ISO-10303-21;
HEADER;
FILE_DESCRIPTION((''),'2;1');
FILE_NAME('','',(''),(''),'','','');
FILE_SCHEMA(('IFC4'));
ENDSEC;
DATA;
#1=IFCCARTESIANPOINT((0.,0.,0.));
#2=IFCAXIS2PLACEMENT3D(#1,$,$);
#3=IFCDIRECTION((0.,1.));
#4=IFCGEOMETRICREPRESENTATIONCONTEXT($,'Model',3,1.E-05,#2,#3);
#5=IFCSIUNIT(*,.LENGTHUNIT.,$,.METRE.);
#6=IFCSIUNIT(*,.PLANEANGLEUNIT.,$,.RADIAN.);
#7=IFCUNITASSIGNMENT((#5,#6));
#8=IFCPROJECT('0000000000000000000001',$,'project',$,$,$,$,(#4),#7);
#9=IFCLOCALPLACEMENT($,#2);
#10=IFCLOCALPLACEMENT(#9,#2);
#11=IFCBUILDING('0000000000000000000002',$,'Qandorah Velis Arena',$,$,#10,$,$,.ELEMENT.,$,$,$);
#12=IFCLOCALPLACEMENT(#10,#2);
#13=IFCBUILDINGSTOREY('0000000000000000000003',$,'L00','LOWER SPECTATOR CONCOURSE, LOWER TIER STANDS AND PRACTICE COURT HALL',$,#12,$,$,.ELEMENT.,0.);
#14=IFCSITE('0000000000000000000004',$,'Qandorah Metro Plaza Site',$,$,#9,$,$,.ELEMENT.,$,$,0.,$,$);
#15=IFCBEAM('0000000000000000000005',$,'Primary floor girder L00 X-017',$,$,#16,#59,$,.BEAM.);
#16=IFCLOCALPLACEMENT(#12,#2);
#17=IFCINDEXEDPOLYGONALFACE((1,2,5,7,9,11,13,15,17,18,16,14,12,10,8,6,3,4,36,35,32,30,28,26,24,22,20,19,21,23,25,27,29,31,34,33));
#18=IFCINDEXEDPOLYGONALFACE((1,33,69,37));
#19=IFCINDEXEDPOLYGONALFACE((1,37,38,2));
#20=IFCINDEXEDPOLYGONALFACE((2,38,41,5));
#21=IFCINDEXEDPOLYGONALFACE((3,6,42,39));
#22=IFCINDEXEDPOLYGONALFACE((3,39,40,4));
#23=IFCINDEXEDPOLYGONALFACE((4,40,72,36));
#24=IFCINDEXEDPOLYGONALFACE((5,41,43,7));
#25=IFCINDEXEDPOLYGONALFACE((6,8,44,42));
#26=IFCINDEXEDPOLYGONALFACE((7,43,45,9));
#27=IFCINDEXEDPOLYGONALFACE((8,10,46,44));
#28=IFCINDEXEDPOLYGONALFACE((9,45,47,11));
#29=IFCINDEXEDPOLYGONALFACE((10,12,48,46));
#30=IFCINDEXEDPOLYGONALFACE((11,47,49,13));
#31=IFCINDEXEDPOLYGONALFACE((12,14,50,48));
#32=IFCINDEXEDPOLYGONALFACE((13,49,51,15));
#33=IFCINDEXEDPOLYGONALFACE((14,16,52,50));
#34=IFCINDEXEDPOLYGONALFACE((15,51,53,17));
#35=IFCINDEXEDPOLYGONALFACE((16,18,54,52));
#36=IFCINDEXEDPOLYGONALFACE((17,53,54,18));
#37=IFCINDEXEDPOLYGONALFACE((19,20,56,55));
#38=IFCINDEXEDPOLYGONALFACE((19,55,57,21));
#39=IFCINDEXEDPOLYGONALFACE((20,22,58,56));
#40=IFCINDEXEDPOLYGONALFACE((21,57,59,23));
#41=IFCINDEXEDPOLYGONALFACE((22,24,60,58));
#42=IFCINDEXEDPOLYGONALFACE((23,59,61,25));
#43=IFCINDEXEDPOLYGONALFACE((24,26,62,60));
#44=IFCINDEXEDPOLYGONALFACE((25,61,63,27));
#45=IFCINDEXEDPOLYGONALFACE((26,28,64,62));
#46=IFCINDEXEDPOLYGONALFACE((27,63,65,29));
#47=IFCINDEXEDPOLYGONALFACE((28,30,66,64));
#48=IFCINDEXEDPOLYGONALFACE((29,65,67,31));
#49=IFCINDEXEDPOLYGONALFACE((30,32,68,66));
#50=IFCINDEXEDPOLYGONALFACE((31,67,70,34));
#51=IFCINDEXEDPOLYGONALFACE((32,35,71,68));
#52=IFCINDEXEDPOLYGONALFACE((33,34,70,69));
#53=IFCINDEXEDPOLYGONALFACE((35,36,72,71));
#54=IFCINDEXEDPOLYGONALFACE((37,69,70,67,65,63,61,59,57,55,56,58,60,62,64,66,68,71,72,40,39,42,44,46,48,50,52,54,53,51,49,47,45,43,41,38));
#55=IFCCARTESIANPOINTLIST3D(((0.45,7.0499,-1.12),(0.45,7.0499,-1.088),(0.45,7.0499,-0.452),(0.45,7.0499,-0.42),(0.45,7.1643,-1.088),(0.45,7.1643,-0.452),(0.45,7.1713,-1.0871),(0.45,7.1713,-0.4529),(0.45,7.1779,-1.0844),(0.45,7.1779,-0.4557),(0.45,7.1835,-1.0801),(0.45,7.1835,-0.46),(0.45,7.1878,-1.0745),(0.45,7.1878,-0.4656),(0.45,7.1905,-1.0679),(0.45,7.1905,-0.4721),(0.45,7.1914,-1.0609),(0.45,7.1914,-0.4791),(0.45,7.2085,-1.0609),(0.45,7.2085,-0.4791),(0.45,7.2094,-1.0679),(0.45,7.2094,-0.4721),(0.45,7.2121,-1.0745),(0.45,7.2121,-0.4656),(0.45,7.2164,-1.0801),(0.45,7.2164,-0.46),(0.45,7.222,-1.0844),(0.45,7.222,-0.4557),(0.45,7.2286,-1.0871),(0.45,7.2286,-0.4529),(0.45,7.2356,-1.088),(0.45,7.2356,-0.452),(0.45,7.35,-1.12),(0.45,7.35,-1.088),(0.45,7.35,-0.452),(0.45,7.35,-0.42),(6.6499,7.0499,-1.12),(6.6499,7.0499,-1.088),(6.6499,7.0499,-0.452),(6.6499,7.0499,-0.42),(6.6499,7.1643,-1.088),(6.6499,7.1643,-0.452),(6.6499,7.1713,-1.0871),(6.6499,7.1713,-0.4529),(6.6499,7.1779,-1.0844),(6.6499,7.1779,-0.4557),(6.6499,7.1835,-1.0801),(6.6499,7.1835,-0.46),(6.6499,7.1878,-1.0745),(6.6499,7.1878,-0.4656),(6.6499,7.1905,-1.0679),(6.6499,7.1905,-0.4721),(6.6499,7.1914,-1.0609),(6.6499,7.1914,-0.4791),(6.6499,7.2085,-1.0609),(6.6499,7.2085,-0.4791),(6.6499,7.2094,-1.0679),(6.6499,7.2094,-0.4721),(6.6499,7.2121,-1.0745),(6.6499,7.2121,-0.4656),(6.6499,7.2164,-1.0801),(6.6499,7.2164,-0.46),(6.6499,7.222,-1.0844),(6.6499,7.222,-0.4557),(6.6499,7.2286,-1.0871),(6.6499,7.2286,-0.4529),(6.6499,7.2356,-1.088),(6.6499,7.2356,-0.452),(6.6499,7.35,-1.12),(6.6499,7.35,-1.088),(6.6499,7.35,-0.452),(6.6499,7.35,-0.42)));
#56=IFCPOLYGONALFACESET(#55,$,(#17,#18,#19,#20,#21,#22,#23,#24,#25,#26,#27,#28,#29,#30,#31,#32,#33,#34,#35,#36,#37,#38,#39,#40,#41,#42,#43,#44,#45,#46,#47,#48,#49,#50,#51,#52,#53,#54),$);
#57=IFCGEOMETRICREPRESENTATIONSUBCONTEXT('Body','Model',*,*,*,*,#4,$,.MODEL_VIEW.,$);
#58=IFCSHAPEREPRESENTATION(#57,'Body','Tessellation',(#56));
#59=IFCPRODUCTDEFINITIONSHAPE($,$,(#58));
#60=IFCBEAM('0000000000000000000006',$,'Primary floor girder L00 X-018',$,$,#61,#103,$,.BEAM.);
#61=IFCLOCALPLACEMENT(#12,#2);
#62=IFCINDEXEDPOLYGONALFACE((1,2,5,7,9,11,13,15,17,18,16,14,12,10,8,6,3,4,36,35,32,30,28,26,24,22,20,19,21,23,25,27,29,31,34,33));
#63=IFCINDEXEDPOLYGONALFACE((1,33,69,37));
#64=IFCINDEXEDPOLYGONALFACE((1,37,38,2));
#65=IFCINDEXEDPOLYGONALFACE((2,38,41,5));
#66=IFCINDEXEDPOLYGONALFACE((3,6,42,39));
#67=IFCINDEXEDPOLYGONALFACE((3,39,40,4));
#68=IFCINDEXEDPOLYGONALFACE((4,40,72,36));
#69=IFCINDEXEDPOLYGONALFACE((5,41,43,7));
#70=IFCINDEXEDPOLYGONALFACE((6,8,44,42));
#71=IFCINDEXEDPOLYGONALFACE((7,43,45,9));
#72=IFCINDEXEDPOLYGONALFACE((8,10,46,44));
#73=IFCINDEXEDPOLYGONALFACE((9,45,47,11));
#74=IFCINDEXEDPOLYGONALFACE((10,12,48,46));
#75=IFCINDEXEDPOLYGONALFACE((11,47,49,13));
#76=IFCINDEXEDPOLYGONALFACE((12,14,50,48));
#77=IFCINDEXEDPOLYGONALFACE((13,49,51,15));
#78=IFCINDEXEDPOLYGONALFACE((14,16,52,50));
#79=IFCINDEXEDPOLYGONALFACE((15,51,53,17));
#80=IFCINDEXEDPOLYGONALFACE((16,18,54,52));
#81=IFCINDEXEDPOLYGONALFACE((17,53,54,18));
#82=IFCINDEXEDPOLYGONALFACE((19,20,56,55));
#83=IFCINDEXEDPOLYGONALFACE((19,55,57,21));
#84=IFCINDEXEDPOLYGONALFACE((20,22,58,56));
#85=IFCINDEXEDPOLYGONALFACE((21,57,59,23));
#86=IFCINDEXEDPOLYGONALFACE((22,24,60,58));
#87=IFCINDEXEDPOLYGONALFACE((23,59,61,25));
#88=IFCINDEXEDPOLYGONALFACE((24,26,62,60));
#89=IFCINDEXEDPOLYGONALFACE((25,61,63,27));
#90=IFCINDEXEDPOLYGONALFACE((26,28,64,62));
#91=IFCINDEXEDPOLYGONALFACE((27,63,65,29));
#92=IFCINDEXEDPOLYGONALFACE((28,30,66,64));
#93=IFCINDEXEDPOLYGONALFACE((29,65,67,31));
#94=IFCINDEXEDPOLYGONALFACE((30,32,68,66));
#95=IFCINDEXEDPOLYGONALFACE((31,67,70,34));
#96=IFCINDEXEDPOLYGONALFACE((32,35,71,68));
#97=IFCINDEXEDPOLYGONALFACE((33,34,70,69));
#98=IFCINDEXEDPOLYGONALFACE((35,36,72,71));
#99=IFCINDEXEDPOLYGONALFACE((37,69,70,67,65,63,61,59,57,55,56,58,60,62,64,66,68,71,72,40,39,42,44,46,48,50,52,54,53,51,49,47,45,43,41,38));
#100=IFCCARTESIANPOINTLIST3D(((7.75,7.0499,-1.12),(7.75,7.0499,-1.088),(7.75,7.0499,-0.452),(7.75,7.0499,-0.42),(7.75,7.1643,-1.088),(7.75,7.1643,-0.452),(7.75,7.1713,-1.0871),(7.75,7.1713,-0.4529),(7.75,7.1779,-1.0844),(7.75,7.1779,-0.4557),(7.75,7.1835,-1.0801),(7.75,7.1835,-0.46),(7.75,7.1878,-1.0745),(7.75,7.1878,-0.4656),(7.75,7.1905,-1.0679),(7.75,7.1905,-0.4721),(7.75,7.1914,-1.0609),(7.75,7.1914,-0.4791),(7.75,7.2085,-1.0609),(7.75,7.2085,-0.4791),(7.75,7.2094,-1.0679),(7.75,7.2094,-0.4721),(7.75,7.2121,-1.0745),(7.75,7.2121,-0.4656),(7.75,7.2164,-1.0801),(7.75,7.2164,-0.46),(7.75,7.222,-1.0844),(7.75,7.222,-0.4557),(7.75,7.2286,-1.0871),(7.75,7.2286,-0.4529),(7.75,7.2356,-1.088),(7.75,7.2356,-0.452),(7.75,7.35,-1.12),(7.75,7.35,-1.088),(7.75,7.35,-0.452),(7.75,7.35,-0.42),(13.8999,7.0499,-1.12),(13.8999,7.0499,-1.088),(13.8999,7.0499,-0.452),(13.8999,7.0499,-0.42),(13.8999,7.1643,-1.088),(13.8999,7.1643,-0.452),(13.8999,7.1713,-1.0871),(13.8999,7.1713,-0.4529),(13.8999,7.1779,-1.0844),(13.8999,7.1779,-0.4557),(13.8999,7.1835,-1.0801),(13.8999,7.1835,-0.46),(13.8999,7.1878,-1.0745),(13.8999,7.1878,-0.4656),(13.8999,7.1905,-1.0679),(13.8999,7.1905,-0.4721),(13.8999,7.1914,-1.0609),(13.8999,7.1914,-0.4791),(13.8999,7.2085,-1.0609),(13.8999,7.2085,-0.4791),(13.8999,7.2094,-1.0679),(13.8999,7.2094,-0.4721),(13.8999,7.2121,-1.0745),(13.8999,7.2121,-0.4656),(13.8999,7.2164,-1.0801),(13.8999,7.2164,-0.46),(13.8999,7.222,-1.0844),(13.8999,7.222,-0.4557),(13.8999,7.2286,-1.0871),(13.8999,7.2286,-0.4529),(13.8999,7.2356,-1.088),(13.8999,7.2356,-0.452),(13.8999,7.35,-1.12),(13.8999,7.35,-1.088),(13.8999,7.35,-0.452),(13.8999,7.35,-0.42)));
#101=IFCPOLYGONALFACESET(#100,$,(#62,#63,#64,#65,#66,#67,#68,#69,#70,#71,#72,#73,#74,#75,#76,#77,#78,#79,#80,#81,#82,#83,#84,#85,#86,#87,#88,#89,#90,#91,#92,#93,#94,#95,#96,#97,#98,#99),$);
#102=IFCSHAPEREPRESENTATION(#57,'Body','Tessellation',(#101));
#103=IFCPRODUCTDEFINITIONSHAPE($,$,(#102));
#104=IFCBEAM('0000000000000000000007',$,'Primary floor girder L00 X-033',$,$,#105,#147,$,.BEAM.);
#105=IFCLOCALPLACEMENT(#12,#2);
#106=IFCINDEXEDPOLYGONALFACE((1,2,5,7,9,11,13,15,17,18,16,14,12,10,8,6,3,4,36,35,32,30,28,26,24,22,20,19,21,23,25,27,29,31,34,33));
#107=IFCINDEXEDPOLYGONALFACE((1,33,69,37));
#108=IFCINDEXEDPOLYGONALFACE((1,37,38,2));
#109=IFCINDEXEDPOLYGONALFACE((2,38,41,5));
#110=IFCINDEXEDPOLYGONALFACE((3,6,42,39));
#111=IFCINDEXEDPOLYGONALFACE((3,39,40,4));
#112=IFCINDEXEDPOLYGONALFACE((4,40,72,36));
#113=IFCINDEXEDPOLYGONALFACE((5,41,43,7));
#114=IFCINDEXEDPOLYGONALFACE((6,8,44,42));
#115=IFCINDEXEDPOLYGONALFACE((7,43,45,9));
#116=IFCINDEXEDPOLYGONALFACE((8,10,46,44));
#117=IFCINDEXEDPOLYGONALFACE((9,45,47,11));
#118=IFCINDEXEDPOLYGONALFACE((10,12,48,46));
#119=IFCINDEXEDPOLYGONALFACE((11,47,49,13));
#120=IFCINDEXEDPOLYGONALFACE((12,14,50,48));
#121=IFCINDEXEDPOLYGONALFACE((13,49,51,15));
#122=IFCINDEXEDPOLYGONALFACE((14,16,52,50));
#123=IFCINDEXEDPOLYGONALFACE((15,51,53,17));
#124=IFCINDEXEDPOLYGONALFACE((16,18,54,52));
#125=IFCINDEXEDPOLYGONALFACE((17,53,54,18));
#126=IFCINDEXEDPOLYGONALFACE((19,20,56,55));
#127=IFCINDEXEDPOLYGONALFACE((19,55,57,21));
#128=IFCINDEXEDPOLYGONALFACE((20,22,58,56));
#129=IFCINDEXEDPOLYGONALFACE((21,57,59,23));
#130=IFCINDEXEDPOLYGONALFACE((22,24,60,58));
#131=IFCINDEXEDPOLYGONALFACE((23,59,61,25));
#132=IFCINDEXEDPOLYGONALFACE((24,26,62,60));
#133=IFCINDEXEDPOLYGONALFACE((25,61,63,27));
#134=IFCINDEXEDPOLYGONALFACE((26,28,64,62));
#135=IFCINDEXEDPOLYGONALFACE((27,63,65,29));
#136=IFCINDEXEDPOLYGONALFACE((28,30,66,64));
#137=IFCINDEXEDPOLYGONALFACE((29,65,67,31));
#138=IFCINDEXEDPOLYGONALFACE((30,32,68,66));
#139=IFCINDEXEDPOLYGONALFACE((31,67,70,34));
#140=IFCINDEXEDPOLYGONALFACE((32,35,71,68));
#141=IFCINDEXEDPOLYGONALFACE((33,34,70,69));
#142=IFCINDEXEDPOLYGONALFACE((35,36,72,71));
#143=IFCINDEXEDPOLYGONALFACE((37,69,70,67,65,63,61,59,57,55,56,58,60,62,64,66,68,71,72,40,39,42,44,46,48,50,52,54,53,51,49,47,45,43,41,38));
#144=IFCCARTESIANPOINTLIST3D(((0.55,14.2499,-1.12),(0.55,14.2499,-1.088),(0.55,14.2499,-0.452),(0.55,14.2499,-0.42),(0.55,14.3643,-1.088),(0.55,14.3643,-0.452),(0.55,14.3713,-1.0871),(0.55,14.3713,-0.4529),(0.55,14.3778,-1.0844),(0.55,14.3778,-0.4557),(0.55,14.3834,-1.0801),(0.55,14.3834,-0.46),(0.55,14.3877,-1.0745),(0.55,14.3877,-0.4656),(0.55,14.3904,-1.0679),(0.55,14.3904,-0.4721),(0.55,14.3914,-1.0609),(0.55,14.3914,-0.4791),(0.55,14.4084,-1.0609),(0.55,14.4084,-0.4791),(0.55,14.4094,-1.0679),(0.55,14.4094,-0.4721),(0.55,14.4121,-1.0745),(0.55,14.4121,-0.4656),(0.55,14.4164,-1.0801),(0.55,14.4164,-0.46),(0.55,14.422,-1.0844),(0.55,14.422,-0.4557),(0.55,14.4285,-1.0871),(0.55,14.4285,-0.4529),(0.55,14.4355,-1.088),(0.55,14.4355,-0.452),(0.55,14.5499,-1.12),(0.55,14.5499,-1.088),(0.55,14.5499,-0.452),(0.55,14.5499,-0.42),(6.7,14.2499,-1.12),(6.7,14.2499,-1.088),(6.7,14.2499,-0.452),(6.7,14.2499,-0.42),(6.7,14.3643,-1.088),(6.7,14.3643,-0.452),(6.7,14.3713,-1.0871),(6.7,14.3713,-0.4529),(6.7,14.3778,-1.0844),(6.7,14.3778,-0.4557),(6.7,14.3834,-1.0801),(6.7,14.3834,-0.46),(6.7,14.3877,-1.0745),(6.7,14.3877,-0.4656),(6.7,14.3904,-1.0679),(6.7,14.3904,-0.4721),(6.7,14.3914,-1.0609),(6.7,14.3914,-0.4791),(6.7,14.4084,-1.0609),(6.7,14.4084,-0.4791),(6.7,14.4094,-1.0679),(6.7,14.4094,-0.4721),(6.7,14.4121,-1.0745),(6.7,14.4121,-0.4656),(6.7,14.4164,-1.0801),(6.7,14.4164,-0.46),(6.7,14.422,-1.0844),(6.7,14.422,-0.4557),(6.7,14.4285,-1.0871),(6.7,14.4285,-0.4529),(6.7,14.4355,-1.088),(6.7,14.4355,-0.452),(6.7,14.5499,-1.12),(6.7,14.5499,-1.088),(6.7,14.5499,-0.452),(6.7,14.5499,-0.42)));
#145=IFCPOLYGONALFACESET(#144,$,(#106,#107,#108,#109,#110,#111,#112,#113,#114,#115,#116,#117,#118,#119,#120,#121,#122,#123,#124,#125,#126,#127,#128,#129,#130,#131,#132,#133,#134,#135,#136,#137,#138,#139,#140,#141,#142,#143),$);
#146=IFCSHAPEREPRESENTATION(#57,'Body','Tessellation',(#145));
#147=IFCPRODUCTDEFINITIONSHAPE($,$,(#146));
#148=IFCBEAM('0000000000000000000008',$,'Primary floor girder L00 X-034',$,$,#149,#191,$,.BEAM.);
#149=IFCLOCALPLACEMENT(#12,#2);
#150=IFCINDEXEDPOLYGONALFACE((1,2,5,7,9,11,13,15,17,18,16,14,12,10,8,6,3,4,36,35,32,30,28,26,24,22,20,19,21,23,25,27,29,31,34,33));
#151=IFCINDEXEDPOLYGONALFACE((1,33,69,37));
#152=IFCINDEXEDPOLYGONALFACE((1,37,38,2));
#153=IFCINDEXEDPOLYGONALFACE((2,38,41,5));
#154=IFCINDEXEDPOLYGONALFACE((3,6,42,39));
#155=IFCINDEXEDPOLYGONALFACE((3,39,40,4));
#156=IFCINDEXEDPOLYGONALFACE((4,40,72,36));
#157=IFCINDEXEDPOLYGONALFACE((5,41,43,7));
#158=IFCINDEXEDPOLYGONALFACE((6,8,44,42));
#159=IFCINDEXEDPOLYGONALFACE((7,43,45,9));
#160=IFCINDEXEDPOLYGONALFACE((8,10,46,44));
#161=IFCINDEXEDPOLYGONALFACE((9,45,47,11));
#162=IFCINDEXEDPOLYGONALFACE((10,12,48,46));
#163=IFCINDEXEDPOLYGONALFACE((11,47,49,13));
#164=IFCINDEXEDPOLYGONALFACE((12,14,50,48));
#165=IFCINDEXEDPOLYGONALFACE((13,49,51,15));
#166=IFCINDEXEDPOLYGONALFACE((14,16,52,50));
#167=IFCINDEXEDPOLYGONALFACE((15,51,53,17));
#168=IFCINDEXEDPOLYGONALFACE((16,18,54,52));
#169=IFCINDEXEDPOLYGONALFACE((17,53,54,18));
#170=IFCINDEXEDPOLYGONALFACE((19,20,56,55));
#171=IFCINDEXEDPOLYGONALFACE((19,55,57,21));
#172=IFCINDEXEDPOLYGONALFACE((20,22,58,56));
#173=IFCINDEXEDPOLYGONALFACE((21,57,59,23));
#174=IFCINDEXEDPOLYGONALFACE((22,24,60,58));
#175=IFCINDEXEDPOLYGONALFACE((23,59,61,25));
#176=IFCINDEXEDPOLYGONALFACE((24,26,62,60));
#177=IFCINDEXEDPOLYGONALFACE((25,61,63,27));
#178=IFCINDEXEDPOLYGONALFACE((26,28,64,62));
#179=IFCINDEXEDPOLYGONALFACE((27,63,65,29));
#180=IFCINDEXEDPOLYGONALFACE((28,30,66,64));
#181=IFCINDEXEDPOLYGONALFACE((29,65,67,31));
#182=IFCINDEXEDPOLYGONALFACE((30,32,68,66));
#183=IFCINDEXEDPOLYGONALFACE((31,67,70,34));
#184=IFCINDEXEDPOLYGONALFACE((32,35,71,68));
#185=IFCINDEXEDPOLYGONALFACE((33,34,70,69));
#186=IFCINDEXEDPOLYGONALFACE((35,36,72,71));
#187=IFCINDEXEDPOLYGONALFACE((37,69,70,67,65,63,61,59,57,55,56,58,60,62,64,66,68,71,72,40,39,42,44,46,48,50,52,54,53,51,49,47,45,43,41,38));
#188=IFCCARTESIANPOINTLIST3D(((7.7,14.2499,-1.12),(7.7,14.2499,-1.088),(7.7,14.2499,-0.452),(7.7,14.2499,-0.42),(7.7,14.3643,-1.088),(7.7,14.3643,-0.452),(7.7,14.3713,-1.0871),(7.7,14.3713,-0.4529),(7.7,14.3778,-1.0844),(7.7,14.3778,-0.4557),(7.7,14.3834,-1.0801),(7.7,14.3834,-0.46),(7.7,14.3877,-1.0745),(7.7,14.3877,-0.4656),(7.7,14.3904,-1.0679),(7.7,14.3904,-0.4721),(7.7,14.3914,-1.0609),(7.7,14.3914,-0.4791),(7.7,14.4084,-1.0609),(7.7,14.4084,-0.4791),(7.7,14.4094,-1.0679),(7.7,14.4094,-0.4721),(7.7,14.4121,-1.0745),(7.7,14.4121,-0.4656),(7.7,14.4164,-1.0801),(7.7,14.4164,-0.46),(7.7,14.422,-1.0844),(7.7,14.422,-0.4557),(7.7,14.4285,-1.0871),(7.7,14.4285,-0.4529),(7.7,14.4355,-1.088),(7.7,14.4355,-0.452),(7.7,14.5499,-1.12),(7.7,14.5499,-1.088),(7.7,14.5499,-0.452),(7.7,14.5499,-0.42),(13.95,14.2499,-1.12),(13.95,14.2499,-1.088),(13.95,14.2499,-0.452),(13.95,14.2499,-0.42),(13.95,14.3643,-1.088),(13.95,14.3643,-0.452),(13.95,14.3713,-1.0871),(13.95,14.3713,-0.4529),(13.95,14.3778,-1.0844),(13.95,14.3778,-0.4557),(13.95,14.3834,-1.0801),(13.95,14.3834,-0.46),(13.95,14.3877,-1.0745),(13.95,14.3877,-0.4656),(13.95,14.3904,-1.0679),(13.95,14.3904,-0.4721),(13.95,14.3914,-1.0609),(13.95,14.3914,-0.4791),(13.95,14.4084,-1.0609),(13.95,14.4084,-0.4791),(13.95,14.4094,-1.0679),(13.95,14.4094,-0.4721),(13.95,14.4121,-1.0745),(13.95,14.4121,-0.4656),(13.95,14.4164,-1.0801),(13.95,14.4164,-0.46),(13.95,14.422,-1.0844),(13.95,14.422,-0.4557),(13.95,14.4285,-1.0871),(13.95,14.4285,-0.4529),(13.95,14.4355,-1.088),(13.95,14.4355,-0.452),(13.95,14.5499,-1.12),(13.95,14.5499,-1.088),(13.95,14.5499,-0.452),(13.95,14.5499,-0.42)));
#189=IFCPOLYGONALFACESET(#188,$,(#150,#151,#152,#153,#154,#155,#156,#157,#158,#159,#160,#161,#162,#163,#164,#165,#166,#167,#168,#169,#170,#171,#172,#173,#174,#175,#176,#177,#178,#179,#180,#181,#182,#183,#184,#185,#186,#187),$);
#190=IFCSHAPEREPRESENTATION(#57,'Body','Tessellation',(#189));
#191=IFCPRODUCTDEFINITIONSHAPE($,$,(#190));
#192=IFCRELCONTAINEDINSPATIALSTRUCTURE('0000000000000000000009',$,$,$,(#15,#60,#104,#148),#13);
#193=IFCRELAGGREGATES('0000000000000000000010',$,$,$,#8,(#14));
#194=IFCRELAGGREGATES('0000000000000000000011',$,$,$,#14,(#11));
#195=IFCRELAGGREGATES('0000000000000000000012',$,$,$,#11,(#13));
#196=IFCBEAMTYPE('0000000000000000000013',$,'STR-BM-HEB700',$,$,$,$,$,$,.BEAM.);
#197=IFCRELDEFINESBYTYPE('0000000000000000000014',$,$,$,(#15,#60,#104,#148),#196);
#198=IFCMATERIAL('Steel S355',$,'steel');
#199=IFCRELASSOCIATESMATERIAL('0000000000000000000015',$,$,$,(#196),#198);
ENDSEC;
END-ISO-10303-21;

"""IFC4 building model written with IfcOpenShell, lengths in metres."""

from ifc_helpers import new_model, si_unit, direction, frame, origin, origin_2d, place, context, subcontext, project, spatial, i_section, extrude, material, material_profile, profile_set, type_object, element, save


model = new_model("IFC4")

# Units and contexts
model_context = context("Model", 3, precision=1e-05, world=origin(), true_north=direction((0.0, 1.0)))
body_context = subcontext(model_context, "Body", "Model", "MODEL_VIEW")
ifc_project = project(units=[si_unit("LENGTHUNIT", "METRE"), si_unit("PLANEANGLEUNIT", "RADIAN")], contexts=[model_context])

# Site, building, storey
site_placement = place(None, origin())
site = spatial("IfcSite", under=ifc_project, at=site_placement, Name="Qandorah Metro Plaza Site", CompositionType="ELEMENT", RefElevation=0.0)
building_placement = place(site_placement, origin())
building = spatial("IfcBuilding", under=site, at=building_placement, Name="Qandorah Velis Arena", CompositionType="ELEMENT")
storey_placement = place(building_placement, origin())
storey = spatial("IfcBuildingStorey", under=building, at=storey_placement, Name="L00", Description="LOWER SPECTATOR CONCOURSE, LOWER TIER STANDS AND PRACTICE COURT HALL", CompositionType="ELEMENT", Elevation=0.0)

# Beams
ifc_material_1 = material(Name="Steel S355", Category="steel")
ifc_material_profile_1 = material_profile(ifc_material_1, i_section(OverallWidth=0.3, OverallDepth=0.7, WebThickness=0.0171, FlangeThickness=0.032, FilletRadius=0.0271, at=origin_2d()), Name="HEB 700")
ifc_profile_set_1 = profile_set([ifc_material_profile_1], Name="Steel S355")
beam_type_1 = type_object("IfcBeamType", Name="STR-BM-HEB700", PredefinedType="BEAM", material=ifc_profile_set_1)
beam_1_placement = place(storey_placement, frame((0.45, 7.2, -0.77), z_axis=(1.0, 0.0, 0.0), x_axis=(0.0, 1.0, 0.0)))
element("IfcBeam", 1, at=beam_1_placement, inside=storey, type_object=beam_type_1, Name="Primary floor girder L00 X-017", PredefinedType="BEAM", context=body_context, shape_type="SweptSolid", body=[
    extrude(i_section(OverallWidth=0.3, OverallDepth=0.7, WebThickness=0.0171, FlangeThickness=0.032, FilletRadius=0.0271, at=origin_2d()), origin(), (0.0, 0.0, 1.0), 6.2),
])
for number, where, z_axis, x_axis, name in (
    (2, (7.75, 7.2, -0.77), (1.0, 0.0, 0.0), (0.0, 1.0, 0.0), "Primary floor girder L00 X-018"),
    (3, (0.55, 14.3999, -0.77), (1.0, 0.0, 0.0), (0.0, 1.0, 0.0), "Primary floor girder L00 X-033"),
):
    element("IfcBeam", number, at=place(storey_placement, frame(where, z_axis=z_axis, x_axis=x_axis)), inside=storey, type_object=beam_type_1, Name=name, PredefinedType="BEAM", context=body_context, shape_type="SweptSolid", body=[
        extrude(i_section(OverallWidth=0.3, OverallDepth=0.7, WebThickness=0.0171, FlangeThickness=0.032, FilletRadius=0.0271, at=origin_2d()), origin(), (0.0, 0.0, 1.0), 6.1499),
    ])
beam_2_placement = place(storey_placement, frame((7.7, 14.3999, -0.77), z_axis=(1.0, 0.0, 0.0), x_axis=(0.0, 1.0, 0.0)))
element("IfcBeam", 4, at=beam_2_placement, inside=storey, type_object=beam_type_1, Name="Primary floor girder L00 X-034", PredefinedType="BEAM", context=body_context, shape_type="SweptSolid", body=[
    extrude(i_section(OverallWidth=0.3, OverallDepth=0.7, WebThickness=0.0171, FlangeThickness=0.032, FilletRadius=0.0271, at=origin_2d()), origin(), (0.0, 0.0, 1.0), 6.25),
])

save(model, "model.ifc")
